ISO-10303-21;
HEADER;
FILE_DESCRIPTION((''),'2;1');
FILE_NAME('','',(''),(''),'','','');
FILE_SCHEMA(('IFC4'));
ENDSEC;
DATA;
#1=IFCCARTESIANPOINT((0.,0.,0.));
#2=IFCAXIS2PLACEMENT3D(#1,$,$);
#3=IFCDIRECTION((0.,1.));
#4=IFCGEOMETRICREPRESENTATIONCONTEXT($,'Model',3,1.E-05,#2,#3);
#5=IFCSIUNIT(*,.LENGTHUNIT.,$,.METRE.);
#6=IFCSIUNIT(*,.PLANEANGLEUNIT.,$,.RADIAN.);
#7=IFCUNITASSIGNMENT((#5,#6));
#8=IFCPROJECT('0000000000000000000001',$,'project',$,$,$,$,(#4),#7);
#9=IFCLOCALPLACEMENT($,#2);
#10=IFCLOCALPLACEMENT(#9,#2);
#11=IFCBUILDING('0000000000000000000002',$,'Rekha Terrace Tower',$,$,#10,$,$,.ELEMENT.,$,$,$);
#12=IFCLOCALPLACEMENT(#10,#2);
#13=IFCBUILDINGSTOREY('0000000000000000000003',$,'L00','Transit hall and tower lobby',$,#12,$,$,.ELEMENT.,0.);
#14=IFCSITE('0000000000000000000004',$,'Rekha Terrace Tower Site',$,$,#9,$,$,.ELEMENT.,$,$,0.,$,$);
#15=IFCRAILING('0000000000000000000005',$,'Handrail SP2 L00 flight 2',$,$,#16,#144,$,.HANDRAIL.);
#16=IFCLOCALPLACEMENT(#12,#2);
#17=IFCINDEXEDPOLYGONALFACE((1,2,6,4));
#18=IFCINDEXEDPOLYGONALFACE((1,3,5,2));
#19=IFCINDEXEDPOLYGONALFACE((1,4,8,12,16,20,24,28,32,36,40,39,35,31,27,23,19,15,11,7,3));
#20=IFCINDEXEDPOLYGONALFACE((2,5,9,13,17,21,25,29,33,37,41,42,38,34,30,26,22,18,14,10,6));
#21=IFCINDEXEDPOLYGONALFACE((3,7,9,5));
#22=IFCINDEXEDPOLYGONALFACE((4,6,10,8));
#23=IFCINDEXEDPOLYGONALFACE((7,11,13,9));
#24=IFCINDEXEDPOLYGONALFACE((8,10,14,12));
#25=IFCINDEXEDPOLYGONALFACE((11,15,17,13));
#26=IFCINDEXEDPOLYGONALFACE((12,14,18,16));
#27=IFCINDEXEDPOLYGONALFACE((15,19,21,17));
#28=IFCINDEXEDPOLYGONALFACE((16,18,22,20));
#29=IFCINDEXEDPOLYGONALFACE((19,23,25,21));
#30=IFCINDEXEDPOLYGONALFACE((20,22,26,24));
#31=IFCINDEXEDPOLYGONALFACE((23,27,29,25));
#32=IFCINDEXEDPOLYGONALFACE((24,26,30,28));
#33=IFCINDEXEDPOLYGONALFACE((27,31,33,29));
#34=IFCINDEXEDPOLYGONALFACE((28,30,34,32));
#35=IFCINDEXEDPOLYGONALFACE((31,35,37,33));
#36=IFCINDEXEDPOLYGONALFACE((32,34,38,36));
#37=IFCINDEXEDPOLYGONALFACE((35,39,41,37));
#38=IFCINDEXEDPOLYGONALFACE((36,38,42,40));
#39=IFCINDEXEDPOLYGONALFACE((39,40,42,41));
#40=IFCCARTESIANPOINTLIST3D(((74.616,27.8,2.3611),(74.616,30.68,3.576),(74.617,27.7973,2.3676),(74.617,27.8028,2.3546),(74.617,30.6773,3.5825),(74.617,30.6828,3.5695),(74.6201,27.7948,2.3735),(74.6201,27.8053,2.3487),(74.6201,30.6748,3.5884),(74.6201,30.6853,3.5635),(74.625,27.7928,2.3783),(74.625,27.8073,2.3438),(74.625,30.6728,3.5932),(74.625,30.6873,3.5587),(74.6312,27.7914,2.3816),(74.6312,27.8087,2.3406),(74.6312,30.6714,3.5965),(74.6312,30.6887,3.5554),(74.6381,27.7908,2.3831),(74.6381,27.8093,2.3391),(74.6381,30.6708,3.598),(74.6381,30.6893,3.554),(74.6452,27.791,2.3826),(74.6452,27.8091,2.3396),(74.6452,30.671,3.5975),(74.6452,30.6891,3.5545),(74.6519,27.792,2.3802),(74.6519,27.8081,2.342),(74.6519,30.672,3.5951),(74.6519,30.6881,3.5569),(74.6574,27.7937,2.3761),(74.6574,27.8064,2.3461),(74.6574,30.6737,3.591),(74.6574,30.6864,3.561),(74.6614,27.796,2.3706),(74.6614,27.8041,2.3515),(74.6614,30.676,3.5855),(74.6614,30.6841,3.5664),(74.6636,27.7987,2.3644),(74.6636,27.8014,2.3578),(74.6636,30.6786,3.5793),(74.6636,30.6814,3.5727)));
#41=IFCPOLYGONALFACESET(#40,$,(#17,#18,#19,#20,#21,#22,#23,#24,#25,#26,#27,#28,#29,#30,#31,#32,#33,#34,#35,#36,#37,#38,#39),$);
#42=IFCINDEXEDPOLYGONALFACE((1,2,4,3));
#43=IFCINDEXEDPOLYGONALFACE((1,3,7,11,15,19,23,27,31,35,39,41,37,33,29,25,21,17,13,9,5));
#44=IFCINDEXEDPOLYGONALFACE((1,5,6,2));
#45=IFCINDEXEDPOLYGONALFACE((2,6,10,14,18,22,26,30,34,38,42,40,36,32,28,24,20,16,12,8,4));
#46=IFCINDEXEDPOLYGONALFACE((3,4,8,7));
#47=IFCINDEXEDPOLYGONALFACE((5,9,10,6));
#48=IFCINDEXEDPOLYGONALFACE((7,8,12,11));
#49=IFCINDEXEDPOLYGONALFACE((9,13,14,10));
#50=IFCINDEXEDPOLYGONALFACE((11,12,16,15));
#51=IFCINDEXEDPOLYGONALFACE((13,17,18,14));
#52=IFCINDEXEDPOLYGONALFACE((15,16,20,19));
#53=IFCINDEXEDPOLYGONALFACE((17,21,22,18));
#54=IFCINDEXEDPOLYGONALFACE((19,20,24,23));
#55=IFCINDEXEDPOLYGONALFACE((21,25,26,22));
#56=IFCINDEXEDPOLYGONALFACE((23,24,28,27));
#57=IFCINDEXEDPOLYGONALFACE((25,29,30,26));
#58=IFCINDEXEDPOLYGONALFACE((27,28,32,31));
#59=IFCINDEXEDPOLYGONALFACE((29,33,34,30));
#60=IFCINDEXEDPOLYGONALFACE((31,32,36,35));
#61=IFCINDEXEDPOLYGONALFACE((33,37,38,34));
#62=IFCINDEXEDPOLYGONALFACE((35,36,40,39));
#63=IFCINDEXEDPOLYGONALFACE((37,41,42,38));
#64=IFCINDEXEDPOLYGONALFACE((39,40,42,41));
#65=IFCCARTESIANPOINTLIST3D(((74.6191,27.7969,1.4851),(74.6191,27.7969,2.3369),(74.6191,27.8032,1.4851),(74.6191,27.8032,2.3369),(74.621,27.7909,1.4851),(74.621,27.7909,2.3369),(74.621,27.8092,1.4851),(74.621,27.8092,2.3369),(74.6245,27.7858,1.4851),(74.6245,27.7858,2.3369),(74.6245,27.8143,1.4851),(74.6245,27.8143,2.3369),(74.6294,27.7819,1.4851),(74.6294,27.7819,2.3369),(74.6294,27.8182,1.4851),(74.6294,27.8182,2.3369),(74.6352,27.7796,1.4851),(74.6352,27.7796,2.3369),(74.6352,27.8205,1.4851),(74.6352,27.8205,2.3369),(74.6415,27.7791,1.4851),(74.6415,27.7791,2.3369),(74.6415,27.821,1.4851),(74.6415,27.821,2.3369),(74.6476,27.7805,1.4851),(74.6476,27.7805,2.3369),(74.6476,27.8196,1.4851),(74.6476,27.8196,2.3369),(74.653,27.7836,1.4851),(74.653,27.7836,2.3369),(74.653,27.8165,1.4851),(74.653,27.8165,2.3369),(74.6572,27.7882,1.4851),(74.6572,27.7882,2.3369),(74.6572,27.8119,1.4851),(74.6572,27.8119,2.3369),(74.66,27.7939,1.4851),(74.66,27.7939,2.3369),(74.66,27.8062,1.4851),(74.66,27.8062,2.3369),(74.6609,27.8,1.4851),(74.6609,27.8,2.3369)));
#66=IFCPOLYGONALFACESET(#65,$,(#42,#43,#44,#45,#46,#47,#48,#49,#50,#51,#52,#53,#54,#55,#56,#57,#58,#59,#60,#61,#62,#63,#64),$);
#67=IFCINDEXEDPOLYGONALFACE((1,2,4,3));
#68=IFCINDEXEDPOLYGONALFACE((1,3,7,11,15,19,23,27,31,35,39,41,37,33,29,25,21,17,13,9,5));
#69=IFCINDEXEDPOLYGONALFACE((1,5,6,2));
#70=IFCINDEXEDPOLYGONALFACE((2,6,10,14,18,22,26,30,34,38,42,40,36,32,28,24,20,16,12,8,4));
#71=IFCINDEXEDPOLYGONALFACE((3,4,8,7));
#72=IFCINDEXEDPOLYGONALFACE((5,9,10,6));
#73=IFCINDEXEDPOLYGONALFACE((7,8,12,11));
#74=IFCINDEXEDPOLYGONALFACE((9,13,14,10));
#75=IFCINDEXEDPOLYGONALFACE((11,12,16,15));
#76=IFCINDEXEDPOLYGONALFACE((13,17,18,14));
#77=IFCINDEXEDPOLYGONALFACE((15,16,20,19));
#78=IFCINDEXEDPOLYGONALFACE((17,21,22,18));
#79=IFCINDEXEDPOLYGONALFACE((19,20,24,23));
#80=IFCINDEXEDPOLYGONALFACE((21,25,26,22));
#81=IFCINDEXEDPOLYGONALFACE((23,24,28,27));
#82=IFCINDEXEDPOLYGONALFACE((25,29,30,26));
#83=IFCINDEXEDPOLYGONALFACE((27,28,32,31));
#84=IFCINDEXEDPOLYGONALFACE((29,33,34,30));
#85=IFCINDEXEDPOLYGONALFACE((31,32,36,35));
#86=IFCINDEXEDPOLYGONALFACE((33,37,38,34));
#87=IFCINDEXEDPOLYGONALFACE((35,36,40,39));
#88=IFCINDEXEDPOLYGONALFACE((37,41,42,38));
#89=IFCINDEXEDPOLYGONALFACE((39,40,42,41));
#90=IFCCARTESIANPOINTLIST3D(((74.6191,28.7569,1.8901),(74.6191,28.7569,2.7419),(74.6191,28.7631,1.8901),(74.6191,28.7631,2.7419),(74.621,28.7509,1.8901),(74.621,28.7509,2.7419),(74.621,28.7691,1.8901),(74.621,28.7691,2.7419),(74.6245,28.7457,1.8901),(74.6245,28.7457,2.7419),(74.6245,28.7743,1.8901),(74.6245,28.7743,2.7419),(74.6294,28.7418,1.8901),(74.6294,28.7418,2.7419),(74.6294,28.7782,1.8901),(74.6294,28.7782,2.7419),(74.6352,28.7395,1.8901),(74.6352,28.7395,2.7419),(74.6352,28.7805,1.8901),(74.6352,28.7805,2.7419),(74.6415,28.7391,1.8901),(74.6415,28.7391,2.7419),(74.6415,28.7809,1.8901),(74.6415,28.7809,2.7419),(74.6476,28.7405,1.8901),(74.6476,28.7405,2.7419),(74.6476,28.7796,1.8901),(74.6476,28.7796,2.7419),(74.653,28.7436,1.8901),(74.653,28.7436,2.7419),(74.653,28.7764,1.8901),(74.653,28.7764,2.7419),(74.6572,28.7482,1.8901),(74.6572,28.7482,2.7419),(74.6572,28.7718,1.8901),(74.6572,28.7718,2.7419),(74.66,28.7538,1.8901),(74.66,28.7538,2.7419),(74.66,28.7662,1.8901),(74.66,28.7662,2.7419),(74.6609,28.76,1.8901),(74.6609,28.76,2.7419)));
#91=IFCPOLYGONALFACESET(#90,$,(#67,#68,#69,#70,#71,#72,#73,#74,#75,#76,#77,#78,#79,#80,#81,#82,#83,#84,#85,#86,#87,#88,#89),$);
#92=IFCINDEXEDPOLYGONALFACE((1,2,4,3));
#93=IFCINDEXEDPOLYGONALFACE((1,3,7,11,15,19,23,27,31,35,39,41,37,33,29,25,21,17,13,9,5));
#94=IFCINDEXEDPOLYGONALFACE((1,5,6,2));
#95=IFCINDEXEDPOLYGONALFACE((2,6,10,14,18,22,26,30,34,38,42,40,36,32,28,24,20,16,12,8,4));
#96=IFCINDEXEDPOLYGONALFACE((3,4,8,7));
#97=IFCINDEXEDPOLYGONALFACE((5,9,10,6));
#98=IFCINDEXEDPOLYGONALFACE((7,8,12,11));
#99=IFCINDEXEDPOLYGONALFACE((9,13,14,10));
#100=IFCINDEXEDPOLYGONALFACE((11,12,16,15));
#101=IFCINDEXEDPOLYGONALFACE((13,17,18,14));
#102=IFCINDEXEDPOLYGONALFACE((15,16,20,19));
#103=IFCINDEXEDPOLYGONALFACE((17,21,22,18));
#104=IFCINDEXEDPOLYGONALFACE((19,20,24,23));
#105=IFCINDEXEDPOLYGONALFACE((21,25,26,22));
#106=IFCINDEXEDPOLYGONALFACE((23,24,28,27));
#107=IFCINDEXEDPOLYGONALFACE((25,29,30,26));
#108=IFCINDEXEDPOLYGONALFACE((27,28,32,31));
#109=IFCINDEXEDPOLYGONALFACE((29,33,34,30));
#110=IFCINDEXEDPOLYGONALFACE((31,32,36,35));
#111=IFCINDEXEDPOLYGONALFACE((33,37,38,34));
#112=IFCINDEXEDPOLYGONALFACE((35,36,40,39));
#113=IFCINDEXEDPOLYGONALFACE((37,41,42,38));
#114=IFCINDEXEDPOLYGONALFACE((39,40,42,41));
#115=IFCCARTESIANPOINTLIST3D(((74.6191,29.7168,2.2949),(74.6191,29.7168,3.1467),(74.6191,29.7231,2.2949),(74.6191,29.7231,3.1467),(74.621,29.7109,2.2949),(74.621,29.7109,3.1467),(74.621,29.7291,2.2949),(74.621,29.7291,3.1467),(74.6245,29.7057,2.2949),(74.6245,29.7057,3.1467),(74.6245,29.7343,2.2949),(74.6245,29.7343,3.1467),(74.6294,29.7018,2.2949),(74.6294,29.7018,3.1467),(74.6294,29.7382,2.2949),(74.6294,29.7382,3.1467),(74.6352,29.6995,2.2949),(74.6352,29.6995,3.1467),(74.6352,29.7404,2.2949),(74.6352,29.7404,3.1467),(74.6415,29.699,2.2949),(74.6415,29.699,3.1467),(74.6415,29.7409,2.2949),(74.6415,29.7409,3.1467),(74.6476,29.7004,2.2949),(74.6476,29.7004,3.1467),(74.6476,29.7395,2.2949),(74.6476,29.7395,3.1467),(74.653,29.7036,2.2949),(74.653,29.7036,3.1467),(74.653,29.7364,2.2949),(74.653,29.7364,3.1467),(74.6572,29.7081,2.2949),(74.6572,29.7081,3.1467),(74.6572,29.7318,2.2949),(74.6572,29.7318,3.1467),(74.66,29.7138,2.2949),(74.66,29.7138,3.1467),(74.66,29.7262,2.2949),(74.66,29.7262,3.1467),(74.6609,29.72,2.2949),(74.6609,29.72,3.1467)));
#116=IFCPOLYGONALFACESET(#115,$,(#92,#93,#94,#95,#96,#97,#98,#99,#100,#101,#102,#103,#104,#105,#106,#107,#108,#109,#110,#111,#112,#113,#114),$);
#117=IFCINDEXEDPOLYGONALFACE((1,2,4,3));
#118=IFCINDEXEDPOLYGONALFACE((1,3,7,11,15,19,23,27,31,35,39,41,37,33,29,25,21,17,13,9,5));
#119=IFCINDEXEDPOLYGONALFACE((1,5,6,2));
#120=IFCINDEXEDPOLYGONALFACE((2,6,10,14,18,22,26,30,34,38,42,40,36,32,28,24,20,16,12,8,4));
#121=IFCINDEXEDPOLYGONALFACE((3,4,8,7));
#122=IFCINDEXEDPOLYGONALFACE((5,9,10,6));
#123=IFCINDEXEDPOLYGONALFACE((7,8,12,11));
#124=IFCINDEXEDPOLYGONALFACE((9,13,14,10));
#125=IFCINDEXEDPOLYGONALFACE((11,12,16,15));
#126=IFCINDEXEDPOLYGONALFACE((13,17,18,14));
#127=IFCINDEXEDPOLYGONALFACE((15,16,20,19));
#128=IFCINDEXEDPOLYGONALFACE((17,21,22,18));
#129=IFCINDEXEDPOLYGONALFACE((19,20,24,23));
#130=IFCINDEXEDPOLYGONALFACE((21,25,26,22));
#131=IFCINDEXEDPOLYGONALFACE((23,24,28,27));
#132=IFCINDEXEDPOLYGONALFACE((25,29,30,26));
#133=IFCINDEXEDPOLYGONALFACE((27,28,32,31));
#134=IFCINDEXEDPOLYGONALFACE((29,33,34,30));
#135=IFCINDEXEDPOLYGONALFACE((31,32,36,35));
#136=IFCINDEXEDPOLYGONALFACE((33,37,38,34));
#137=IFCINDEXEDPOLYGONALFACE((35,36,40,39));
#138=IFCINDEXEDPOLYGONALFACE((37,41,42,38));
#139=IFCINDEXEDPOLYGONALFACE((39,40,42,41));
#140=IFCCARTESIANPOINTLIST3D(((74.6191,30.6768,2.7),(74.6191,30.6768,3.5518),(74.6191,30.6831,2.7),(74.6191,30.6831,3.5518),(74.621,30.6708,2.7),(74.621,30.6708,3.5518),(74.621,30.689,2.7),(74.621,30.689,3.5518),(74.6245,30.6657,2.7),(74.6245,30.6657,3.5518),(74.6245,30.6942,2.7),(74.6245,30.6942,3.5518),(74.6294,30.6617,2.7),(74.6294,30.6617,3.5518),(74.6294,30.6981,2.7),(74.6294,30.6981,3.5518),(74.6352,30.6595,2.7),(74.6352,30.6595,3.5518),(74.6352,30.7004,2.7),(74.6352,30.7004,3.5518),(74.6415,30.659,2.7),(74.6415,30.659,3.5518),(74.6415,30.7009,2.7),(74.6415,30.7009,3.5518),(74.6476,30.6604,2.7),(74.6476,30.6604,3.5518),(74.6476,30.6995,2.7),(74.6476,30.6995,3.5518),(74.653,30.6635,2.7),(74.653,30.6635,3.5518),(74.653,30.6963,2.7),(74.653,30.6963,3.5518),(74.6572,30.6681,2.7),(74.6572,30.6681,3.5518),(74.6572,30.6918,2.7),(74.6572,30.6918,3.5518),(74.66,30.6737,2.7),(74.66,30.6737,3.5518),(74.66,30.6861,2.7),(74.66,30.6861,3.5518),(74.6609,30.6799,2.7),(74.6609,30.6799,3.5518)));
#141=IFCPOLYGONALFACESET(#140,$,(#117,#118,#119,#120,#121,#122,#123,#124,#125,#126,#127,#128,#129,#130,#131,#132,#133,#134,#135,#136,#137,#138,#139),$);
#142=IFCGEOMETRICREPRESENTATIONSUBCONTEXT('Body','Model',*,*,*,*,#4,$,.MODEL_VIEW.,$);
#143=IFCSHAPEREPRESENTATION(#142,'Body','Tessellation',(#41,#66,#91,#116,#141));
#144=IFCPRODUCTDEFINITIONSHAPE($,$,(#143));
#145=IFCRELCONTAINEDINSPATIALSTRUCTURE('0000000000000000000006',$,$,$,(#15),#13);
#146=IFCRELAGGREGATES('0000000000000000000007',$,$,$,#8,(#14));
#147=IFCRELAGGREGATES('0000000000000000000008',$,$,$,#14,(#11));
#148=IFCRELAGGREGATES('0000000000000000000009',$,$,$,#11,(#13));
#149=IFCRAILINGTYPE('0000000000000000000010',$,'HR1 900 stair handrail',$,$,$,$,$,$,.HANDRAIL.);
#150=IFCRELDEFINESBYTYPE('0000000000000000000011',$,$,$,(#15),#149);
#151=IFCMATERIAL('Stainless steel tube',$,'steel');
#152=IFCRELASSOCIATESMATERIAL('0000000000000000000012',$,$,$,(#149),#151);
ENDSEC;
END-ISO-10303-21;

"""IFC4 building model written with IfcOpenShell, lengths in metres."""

from ifc_helpers import new_model, si_unit, direction, frame, origin, origin_2d, place, context, subcontext, project, spatial, circle, extrude, material, type_object, element, save


model = new_model("IFC4")

# Units and contexts
model_context = context("Model", 3, precision=1e-05, world=origin(), true_north=direction((0.0, 1.0)))
body_context = subcontext(model_context, "Body", "Model", "MODEL_VIEW")
ifc_project = project(units=[si_unit("LENGTHUNIT", "METRE"), si_unit("PLANEANGLEUNIT", "RADIAN")], contexts=[model_context])

# Site, building, storey
site_placement = place(None, origin())
site = spatial("IfcSite", under=ifc_project, at=site_placement, Name="Rekha Terrace Tower Site", CompositionType="ELEMENT", RefElevation=0.0)
building_placement = place(site_placement, origin())
building = spatial("IfcBuilding", under=site, at=building_placement, Name="Rekha Terrace Tower", CompositionType="ELEMENT")
storey_placement = place(building_placement, origin())
storey = spatial("IfcBuildingStorey", under=building, at=storey_placement, Name="L00", Description="Transit hall and tower lobby", CompositionType="ELEMENT", Elevation=0.0)

# Railing
ifc_material_1 = material(Name="Stainless steel tube", Category="steel")
railing_type_1 = type_object("IfcRailingType", Name="HR1 900 stair handrail", PredefinedType="HANDRAIL", material=ifc_material_1)
railing_1_placement = place(storey_placement, frame((74.6399, 27.8, 1.4851)))
element("IfcRailing", 1, at=railing_1_placement, inside=storey, type_object=railing_type_1, Name="Handrail SP2 L00 flight 2", PredefinedType="HANDRAIL", context=body_context, shape_type="SweptSolid", body=[
    extrude(circle(Radius=0.0239, at=origin_2d()), frame((0.0, 0.0, 0.876), z_axis=(0.0, 0.921376, 0.388671), x_axis=(-1.0, 0.0, 0.0)), (0.0, 0.0, 1.0), 3.1257),
    extrude(circle(Radius=0.021, at=origin_2d()), origin(), (0.0, 0.0, 1.0), 0.8518),
    extrude(circle(Radius=0.021, at=origin_2d()), frame((0.0, 0.96, 0.405)), (0.0, 0.0, 1.0), 0.8518),
    extrude(circle(Radius=0.021, at=origin_2d()), frame((0.0, 1.9199, 0.8098)), (0.0, 0.0, 1.0), 0.8518),
    extrude(circle(Radius=0.021, at=origin_2d()), frame((0.0, 2.8799, 1.2148)), (0.0, 0.0, 1.0), 0.8518),
])

save(model, "model.ifc")
